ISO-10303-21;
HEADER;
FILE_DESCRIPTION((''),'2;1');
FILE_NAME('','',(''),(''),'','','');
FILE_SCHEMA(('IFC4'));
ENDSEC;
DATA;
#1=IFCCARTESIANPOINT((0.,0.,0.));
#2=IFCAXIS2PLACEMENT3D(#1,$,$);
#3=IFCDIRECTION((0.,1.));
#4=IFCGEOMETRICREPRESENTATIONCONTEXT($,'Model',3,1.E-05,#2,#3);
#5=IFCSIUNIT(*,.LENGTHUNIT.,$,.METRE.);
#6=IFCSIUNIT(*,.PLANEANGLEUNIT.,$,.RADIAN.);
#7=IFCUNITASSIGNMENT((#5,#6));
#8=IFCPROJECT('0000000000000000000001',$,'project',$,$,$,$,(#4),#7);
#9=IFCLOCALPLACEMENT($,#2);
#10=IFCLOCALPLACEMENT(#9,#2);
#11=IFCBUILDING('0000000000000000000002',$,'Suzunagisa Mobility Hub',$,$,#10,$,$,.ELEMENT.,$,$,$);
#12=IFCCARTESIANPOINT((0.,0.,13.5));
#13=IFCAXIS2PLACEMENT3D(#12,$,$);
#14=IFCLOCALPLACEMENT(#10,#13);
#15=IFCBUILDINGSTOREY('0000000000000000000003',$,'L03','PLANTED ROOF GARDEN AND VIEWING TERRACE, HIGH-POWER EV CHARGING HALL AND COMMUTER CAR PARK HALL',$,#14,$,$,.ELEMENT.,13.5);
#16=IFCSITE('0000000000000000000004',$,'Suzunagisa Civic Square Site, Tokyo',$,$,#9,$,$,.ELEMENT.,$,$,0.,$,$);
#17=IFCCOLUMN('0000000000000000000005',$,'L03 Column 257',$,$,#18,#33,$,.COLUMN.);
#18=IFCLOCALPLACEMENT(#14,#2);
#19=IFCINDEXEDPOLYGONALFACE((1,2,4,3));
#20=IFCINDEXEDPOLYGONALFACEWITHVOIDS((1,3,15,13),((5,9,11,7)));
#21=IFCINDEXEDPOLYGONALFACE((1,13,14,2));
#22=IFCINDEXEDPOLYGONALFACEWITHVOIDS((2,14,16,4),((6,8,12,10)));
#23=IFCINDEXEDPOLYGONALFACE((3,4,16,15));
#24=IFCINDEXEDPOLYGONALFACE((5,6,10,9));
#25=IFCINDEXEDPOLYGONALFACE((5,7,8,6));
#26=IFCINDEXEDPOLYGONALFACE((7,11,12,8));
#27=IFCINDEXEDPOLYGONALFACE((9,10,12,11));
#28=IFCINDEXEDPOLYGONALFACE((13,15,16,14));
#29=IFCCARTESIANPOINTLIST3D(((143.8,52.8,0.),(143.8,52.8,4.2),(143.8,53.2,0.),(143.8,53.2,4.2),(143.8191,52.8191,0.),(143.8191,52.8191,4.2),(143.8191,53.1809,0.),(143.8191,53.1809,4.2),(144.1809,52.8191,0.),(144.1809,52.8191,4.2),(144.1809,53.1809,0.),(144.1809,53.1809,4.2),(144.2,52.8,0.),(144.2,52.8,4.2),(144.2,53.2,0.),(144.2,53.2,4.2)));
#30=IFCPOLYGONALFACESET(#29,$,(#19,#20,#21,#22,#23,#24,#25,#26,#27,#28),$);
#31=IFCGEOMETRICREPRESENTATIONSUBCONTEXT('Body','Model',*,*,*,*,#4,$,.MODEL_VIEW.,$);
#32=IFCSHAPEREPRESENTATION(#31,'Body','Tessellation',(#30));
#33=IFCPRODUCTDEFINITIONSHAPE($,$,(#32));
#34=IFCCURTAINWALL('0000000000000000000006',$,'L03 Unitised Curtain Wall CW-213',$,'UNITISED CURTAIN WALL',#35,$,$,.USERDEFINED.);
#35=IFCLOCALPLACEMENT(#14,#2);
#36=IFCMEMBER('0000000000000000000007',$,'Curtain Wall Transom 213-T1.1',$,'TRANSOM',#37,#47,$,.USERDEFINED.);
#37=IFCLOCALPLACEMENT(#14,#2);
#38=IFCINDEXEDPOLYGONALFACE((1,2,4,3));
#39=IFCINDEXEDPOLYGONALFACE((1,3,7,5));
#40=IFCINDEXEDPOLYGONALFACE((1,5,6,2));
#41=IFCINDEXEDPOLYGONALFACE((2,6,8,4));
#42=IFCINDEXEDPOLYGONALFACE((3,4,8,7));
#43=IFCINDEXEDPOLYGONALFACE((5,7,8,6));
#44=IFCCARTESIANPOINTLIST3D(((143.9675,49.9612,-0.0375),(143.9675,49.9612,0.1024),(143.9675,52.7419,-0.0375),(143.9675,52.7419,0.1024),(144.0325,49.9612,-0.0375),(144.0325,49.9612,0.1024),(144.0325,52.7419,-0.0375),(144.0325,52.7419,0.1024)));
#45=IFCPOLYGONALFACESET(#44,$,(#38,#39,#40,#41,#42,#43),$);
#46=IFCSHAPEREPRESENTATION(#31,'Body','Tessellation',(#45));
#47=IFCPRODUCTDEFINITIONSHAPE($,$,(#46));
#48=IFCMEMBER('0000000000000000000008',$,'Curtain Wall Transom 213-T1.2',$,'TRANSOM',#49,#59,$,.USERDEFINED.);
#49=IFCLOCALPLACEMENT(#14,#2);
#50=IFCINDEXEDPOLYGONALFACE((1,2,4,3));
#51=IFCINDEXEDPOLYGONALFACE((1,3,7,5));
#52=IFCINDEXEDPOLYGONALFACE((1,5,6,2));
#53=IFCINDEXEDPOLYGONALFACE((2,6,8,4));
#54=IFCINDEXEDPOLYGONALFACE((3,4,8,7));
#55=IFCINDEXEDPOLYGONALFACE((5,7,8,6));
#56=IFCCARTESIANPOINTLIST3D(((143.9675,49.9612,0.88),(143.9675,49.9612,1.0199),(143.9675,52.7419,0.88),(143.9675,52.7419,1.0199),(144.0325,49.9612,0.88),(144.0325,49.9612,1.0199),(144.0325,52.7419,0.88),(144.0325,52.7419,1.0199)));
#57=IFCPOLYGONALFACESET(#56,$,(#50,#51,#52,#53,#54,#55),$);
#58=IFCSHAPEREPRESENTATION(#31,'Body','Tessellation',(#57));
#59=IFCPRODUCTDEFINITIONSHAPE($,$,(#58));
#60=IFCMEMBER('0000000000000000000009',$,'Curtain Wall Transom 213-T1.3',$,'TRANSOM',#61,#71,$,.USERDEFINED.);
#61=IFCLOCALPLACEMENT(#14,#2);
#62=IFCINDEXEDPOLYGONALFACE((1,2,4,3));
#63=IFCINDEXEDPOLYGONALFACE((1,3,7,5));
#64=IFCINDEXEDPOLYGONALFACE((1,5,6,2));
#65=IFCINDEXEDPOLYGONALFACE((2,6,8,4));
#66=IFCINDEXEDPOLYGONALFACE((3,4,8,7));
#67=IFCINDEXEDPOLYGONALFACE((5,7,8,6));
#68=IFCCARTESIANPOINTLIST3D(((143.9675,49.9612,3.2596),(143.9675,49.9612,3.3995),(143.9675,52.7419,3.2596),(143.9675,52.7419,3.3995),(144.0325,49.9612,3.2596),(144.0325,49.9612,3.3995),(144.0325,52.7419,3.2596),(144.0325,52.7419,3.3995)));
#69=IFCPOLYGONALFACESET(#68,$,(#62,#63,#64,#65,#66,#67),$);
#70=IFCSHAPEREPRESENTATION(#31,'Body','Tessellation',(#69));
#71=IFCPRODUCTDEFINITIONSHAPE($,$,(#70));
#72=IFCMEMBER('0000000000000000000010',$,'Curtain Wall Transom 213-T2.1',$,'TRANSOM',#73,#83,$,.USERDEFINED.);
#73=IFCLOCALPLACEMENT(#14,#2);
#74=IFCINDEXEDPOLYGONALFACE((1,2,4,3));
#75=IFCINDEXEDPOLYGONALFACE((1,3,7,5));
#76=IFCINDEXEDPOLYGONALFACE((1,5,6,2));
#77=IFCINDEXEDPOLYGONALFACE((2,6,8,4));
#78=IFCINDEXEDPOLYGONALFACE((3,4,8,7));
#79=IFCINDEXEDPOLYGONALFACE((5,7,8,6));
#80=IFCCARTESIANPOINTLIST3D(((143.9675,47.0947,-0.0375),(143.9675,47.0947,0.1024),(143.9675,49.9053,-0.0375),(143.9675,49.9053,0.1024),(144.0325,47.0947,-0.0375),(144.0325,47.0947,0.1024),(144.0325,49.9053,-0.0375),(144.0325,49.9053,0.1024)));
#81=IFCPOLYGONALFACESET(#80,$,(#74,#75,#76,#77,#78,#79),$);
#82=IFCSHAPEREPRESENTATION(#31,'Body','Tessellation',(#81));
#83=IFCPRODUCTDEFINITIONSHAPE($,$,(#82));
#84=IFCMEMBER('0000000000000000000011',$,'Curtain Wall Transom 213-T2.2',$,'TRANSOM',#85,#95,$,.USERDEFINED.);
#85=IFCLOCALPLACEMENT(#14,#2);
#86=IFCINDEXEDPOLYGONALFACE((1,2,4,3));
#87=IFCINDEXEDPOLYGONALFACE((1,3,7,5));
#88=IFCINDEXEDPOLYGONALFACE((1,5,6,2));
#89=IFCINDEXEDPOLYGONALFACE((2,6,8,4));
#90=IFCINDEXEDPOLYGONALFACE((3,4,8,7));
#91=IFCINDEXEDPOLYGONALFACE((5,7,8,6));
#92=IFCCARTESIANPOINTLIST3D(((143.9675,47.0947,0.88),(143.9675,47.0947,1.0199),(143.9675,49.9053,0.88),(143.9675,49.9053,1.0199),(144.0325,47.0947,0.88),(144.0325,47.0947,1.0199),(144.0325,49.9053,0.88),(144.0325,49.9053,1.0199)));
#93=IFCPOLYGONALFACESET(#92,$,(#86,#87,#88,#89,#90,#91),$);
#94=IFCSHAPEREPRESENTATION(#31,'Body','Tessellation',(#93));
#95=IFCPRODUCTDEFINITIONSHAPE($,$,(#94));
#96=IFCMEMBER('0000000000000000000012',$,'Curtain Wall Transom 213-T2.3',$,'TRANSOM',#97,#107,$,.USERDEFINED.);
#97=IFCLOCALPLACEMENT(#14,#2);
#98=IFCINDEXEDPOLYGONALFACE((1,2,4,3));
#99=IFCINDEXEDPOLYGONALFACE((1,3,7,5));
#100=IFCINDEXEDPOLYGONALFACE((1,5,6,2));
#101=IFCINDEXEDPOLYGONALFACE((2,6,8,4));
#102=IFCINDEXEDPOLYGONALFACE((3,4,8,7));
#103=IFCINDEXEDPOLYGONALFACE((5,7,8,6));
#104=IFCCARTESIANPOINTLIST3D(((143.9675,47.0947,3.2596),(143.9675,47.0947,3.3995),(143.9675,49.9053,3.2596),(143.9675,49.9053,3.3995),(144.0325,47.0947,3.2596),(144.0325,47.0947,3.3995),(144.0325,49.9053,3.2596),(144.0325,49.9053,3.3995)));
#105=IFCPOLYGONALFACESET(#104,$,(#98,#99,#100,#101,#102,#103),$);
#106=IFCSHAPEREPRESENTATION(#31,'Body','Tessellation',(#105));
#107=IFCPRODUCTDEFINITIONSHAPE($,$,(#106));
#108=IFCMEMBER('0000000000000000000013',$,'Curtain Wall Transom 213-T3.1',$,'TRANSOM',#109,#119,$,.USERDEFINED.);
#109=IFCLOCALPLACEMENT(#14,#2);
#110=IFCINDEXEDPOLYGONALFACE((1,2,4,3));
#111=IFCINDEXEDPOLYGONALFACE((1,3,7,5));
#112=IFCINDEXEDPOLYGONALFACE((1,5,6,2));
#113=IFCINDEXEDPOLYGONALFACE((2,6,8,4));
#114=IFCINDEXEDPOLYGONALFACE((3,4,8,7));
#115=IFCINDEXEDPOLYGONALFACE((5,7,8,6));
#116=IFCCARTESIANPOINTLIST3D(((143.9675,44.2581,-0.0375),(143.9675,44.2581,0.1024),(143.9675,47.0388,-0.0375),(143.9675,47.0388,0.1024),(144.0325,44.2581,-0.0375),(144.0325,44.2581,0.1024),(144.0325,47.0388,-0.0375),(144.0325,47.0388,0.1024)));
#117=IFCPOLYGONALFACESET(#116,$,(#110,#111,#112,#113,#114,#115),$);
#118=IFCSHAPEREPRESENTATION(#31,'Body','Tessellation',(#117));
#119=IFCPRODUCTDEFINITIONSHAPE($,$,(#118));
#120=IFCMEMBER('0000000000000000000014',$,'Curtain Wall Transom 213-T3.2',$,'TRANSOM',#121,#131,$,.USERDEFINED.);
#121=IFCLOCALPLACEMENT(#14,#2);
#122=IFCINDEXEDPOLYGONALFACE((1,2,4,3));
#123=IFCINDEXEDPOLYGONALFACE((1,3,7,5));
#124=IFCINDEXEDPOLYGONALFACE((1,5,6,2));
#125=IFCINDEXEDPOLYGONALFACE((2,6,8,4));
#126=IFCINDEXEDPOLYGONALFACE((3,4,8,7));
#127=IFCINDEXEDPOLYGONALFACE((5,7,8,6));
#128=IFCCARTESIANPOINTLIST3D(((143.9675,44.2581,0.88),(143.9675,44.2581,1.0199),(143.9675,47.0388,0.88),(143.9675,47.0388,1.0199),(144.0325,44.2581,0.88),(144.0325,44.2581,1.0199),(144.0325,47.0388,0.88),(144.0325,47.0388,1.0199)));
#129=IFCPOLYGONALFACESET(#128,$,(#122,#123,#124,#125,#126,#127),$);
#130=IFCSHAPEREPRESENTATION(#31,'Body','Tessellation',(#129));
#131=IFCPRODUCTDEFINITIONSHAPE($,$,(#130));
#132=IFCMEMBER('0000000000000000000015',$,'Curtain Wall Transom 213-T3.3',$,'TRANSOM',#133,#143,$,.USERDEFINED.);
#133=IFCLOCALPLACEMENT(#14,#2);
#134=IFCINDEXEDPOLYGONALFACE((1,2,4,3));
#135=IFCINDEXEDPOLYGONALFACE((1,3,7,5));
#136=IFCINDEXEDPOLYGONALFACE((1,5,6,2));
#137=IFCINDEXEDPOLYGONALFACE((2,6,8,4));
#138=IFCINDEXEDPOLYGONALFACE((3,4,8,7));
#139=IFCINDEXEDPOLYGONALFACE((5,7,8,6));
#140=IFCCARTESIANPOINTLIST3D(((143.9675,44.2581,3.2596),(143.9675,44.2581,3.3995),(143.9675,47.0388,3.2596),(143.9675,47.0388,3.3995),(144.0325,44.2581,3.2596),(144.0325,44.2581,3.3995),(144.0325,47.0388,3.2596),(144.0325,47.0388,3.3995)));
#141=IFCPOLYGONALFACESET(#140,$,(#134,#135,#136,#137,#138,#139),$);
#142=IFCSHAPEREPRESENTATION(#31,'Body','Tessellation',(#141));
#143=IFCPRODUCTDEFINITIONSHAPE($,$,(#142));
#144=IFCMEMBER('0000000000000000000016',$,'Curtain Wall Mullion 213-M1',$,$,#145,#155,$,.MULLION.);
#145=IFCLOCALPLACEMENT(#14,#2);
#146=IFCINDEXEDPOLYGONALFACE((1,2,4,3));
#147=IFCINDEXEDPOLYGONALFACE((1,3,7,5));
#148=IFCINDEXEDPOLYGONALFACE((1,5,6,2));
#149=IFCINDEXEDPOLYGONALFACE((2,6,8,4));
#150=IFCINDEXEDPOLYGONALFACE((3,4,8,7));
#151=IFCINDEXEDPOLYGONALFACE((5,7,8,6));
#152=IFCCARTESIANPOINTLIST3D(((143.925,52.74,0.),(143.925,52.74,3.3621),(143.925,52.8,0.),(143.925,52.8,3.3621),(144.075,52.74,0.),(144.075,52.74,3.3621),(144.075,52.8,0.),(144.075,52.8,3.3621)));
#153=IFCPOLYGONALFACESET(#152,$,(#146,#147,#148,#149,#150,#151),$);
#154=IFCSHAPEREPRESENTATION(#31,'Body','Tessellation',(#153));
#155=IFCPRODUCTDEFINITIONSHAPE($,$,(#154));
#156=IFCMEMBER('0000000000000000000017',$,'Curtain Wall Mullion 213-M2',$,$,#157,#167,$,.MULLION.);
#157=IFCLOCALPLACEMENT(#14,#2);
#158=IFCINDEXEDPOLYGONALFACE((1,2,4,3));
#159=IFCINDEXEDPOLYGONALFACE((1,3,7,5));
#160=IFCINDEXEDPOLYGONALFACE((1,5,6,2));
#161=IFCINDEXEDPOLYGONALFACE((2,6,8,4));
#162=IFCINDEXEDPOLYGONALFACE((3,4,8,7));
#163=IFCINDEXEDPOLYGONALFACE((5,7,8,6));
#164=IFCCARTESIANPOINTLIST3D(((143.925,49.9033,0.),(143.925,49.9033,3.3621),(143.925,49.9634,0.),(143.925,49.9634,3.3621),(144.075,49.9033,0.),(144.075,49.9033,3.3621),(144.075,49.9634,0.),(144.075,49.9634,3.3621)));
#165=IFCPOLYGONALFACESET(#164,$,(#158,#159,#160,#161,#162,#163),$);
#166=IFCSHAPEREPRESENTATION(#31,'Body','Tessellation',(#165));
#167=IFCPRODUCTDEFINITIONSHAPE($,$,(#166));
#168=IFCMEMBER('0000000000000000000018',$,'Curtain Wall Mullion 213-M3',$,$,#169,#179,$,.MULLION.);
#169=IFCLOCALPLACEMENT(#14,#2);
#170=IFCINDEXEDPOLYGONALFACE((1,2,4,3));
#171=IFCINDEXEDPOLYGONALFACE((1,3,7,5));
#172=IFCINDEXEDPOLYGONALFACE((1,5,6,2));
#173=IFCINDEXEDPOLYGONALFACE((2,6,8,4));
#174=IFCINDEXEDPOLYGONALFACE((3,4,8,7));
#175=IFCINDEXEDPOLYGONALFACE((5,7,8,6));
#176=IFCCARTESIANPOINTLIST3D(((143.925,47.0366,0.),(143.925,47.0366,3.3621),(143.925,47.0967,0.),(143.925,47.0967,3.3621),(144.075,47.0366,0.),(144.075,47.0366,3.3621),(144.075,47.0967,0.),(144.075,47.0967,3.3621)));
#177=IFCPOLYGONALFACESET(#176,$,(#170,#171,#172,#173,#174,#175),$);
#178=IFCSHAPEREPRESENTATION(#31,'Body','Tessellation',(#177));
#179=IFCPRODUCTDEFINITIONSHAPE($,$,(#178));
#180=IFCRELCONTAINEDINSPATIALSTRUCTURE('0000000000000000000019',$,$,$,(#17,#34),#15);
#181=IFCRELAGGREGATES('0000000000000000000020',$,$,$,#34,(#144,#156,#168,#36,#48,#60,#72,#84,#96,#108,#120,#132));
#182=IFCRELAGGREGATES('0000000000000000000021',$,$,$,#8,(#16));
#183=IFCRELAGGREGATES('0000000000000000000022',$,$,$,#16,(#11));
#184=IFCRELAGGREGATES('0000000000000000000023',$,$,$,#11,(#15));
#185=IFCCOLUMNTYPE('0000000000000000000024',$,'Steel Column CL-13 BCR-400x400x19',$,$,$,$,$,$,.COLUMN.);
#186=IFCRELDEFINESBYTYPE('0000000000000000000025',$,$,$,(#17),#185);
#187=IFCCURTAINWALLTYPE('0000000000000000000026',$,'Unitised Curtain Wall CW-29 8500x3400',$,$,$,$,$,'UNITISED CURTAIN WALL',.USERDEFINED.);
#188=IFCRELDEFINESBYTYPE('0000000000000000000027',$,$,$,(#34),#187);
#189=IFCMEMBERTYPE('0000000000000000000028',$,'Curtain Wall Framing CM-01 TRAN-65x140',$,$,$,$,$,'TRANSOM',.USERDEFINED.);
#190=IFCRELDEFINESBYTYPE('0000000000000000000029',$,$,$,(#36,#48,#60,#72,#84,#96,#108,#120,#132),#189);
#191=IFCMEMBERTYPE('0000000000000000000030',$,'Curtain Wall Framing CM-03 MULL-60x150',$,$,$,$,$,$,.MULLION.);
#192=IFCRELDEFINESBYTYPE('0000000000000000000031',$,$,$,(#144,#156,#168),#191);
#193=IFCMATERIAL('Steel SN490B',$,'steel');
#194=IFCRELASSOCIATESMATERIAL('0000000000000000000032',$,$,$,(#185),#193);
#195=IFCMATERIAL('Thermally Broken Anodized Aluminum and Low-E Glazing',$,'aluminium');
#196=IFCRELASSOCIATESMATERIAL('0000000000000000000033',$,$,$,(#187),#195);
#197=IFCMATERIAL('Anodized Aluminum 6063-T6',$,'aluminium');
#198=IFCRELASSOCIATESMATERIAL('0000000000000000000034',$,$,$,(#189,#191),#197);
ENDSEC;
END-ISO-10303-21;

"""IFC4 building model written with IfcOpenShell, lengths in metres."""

from ifc_helpers import new_model, si_unit, direction, frame, origin, origin_2d, place, context, subcontext, project, spatial, rectangle, hollow_rectangle, extrude, material, material_profile, profile_set, type_object, element, aggregate, save


model = new_model("IFC4")

# Units and contexts
model_context = context("Model", 3, precision=1e-05, world=origin(), true_north=direction((0.0, 1.0)))
body_context = subcontext(model_context, "Body", "Model", "MODEL_VIEW")
ifc_project = project(units=[si_unit("LENGTHUNIT", "METRE"), si_unit("PLANEANGLEUNIT", "RADIAN")], contexts=[model_context])

# Site, building, storey
site_placement = place(None, origin())
site = spatial("IfcSite", under=ifc_project, at=site_placement, Name="Suzunagisa Civic Square Site, Tokyo", CompositionType="ELEMENT", RefElevation=0.0)
building_placement = place(site_placement, origin())
building = spatial("IfcBuilding", under=site, at=building_placement, Name="Suzunagisa Mobility Hub", CompositionType="ELEMENT")
storey_placement = place(building_placement, frame((0.0, 0.0, 13.5)))
storey = spatial("IfcBuildingStorey", under=building, at=storey_placement, Name="L03", Description="PLANTED ROOF GARDEN AND VIEWING TERRACE, HIGH-POWER EV CHARGING HALL AND COMMUTER CAR PARK HALL", CompositionType="ELEMENT", Elevation=13.5)

# Column
ifc_material_1 = material(Name="Steel SN490B", Category="steel")
ifc_material_profile_1 = material_profile(ifc_material_1, hollow_rectangle(XDim=0.3999, YDim=0.3999, WallThickness=0.019, at=origin_2d()), Name="BCR-400x400x19")
ifc_profile_set_1 = profile_set([ifc_material_profile_1], Name="Steel SN490B")
column_type = type_object("IfcColumnType", Name="Steel Column CL-13 BCR-400x400x19", PredefinedType="COLUMN", material=ifc_profile_set_1)
column_placement = place(storey_placement, frame((144.0, 53.0, 0.0), z_axis=(0.0, 0.0, 1.0), x_axis=(1.0, 0.0, 0.0)))
element("IfcColumn", 1, at=column_placement, inside=storey, type_object=column_type, Name="L03 Column 257", PredefinedType="COLUMN", context=body_context, shape_type="SweptSolid", body=[
    extrude(hollow_rectangle(XDim=0.3999, YDim=0.3999, WallThickness=0.019, at=origin_2d()), origin(), (0.0, 0.0, 1.0), 4.2),
])

# Curtain wall, members
ifc_material_2 = material(Name="Thermally Broken Anodized Aluminum and Low-E Glazing", Category="aluminium")
curtain_wall_type = type_object("IfcCurtainWallType", Name="Unitised Curtain Wall CW-29 8500x3400", ElementType="UNITISED CURTAIN WALL", PredefinedType="USERDEFINED", material=ifc_material_2)
curtain_wall_placement = place(storey_placement, origin())
curtain_wall = element("IfcCurtainWall", 2, at=curtain_wall_placement, inside=storey, type_object=curtain_wall_type, Name="L03 Unitised Curtain Wall CW-213", ObjectType="UNITISED CURTAIN WALL", PredefinedType="USERDEFINED")
ifc_material_3 = material(Name="Anodized Aluminum 6063-T6", Category="aluminium")
ifc_material_profile_2 = material_profile(ifc_material_3, rectangle(XDim=0.0649, YDim=0.1399, at=origin_2d()), Name="TRAN-65x140")
ifc_profile_set_2 = profile_set([ifc_material_profile_2], Name="Anodized Aluminum 6063-T6")
member_type_1 = type_object("IfcMemberType", Name="Curtain Wall Framing CM-01 TRAN-65x140", ElementType="TRANSOM", PredefinedType="USERDEFINED", material=ifc_profile_set_2)
member_1_placement = place(storey_placement, frame((144.0, 52.7419, 0.0325), z_axis=(0.0, -1.0, 0.0), x_axis=(1.0, 0.0, 0.0)))
member_1 = element("IfcMember", 3, at=member_1_placement, type_object=member_type_1, Name="Curtain Wall Transom 213-T1.1", ObjectType="TRANSOM", PredefinedType="USERDEFINED", context=body_context, shape_type="SweptSolid", body=[
    extrude(rectangle(XDim=0.0649, YDim=0.1399, at=origin_2d()), origin(), (0.0, 0.0, 1.0), 2.7808),
])
member_2_placement = place(storey_placement, frame((144.0, 52.7419, 0.95), z_axis=(0.0, -1.0, 0.0), x_axis=(1.0, 0.0, 0.0)))
member_2 = element("IfcMember", 4, at=member_2_placement, type_object=member_type_1, Name="Curtain Wall Transom 213-T1.2", ObjectType="TRANSOM", PredefinedType="USERDEFINED", context=body_context, shape_type="SweptSolid", body=[
    extrude(rectangle(XDim=0.0649, YDim=0.1399, at=origin_2d()), origin(), (0.0, 0.0, 1.0), 2.7808),
])
member_3_placement = place(storey_placement, frame((144.0, 52.7419, 3.3296), z_axis=(0.0, -1.0, 0.0), x_axis=(1.0, 0.0, 0.0)))
member_3 = element("IfcMember", 5, at=member_3_placement, type_object=member_type_1, Name="Curtain Wall Transom 213-T1.3", ObjectType="TRANSOM", PredefinedType="USERDEFINED", context=body_context, shape_type="SweptSolid", body=[
    extrude(rectangle(XDim=0.0649, YDim=0.1399, at=origin_2d()), origin(), (0.0, 0.0, 1.0), 2.7808),
])
member_4_placement = place(storey_placement, frame((144.0, 49.9053, 0.0325), z_axis=(0.0, -1.0, 0.0), x_axis=(1.0, 0.0, 0.0)))
member_4 = element("IfcMember", 6, at=member_4_placement, type_object=member_type_1, Name="Curtain Wall Transom 213-T2.1", ObjectType="TRANSOM", PredefinedType="USERDEFINED", context=body_context, shape_type="SweptSolid", body=[
    extrude(rectangle(XDim=0.0649, YDim=0.1399, at=origin_2d()), origin(), (0.0, 0.0, 1.0), 2.8105),
])
member_5_placement = place(storey_placement, frame((144.0, 49.9053, 0.95), z_axis=(0.0, -1.0, 0.0), x_axis=(1.0, 0.0, 0.0)))
member_5 = element("IfcMember", 7, at=member_5_placement, type_object=member_type_1, Name="Curtain Wall Transom 213-T2.2", ObjectType="TRANSOM", PredefinedType="USERDEFINED", context=body_context, shape_type="SweptSolid", body=[
    extrude(rectangle(XDim=0.0649, YDim=0.1399, at=origin_2d()), origin(), (0.0, 0.0, 1.0), 2.8105),
])
member_6_placement = place(storey_placement, frame((144.0, 49.9053, 3.3296), z_axis=(0.0, -1.0, 0.0), x_axis=(1.0, 0.0, 0.0)))
member_6 = element("IfcMember", 8, at=member_6_placement, type_object=member_type_1, Name="Curtain Wall Transom 213-T2.3", ObjectType="TRANSOM", PredefinedType="USERDEFINED", context=body_context, shape_type="SweptSolid", body=[
    extrude(rectangle(XDim=0.0649, YDim=0.1399, at=origin_2d()), origin(), (0.0, 0.0, 1.0), 2.8105),
])
member_7_placement = place(storey_placement, frame((144.0, 47.0388, 0.0325), z_axis=(0.0, -1.0, 0.0), x_axis=(1.0, 0.0, 0.0)))
member_7 = element("IfcMember", 9, at=member_7_placement, type_object=member_type_1, Name="Curtain Wall Transom 213-T3.1", ObjectType="TRANSOM", PredefinedType="USERDEFINED", context=body_context, shape_type="SweptSolid", body=[
    extrude(rectangle(XDim=0.0649, YDim=0.1399, at=origin_2d()), origin(), (0.0, 0.0, 1.0), 2.7808),
])
member_8_placement = place(storey_placement, frame((144.0, 47.0388, 0.95), z_axis=(0.0, -1.0, 0.0), x_axis=(1.0, 0.0, 0.0)))
member_8 = element("IfcMember", 10, at=member_8_placement, type_object=member_type_1, Name="Curtain Wall Transom 213-T3.2", ObjectType="TRANSOM", PredefinedType="USERDEFINED", context=body_context, shape_type="SweptSolid", body=[
    extrude(rectangle(XDim=0.0649, YDim=0.1399, at=origin_2d()), origin(), (0.0, 0.0, 1.0), 2.7808),
])
member_9_placement = place(storey_placement, frame((144.0, 47.0388, 3.3296), z_axis=(0.0, -1.0, 0.0), x_axis=(1.0, 0.0, 0.0)))
member_9 = element("IfcMember", 11, at=member_9_placement, type_object=member_type_1, Name="Curtain Wall Transom 213-T3.3", ObjectType="TRANSOM", PredefinedType="USERDEFINED", context=body_context, shape_type="SweptSolid", body=[
    extrude(rectangle(XDim=0.0649, YDim=0.1399, at=origin_2d()), origin(), (0.0, 0.0, 1.0), 2.7808),
])
ifc_material_profile_3 = material_profile(ifc_material_3, rectangle(XDim=0.0601, YDim=0.1499, at=origin_2d()), Name="MULL-60x150")
ifc_profile_set_3 = profile_set([ifc_material_profile_3], Name="Anodized Aluminum 6063-T6")
member_type_2 = type_object("IfcMemberType", Name="Curtain Wall Framing CM-03 MULL-60x150", PredefinedType="MULLION", material=ifc_profile_set_3)
member_10_placement = place(storey_placement, frame((144.0, 52.77, 0.0), z_axis=(0.0, 0.0, 1.0), x_axis=(0.0, -1.0, 0.0)))
member_10 = element("IfcMember", 12, at=member_10_placement, type_object=member_type_2, Name="Curtain Wall Mullion 213-M1", PredefinedType="MULLION", context=body_context, shape_type="SweptSolid", body=[
    extrude(rectangle(XDim=0.0601, YDim=0.1499, at=origin_2d()), origin(), (0.0, 0.0, 1.0), 3.3621),
])
member_11_placement = place(storey_placement, frame((144.0, 49.9333, 0.0), z_axis=(0.0, 0.0, 1.0), x_axis=(0.0, -1.0, 0.0)))
member_11 = element("IfcMember", 13, at=member_11_placement, type_object=member_type_2, Name="Curtain Wall Mullion 213-M2", PredefinedType="MULLION", context=body_context, shape_type="SweptSolid", body=[
    extrude(rectangle(XDim=0.0601, YDim=0.1499, at=origin_2d()), origin(), (0.0, 0.0, 1.0), 3.3621),
])
member_12_placement = place(storey_placement, frame((144.0, 47.0667, 0.0), z_axis=(0.0, 0.0, 1.0), x_axis=(0.0, -1.0, 0.0)))
member_12 = element("IfcMember", 14, at=member_12_placement, type_object=member_type_2, Name="Curtain Wall Mullion 213-M3", PredefinedType="MULLION", context=body_context, shape_type="SweptSolid", body=[
    extrude(rectangle(XDim=0.0601, YDim=0.1499, at=origin_2d()), origin(), (0.0, 0.0, 1.0), 3.3621),
])

aggregate(curtain_wall, [member_10, member_11, member_12, member_1, member_2, member_3, member_4, member_5, member_6, member_7, member_8, member_9])

save(model, "model.ifc")
